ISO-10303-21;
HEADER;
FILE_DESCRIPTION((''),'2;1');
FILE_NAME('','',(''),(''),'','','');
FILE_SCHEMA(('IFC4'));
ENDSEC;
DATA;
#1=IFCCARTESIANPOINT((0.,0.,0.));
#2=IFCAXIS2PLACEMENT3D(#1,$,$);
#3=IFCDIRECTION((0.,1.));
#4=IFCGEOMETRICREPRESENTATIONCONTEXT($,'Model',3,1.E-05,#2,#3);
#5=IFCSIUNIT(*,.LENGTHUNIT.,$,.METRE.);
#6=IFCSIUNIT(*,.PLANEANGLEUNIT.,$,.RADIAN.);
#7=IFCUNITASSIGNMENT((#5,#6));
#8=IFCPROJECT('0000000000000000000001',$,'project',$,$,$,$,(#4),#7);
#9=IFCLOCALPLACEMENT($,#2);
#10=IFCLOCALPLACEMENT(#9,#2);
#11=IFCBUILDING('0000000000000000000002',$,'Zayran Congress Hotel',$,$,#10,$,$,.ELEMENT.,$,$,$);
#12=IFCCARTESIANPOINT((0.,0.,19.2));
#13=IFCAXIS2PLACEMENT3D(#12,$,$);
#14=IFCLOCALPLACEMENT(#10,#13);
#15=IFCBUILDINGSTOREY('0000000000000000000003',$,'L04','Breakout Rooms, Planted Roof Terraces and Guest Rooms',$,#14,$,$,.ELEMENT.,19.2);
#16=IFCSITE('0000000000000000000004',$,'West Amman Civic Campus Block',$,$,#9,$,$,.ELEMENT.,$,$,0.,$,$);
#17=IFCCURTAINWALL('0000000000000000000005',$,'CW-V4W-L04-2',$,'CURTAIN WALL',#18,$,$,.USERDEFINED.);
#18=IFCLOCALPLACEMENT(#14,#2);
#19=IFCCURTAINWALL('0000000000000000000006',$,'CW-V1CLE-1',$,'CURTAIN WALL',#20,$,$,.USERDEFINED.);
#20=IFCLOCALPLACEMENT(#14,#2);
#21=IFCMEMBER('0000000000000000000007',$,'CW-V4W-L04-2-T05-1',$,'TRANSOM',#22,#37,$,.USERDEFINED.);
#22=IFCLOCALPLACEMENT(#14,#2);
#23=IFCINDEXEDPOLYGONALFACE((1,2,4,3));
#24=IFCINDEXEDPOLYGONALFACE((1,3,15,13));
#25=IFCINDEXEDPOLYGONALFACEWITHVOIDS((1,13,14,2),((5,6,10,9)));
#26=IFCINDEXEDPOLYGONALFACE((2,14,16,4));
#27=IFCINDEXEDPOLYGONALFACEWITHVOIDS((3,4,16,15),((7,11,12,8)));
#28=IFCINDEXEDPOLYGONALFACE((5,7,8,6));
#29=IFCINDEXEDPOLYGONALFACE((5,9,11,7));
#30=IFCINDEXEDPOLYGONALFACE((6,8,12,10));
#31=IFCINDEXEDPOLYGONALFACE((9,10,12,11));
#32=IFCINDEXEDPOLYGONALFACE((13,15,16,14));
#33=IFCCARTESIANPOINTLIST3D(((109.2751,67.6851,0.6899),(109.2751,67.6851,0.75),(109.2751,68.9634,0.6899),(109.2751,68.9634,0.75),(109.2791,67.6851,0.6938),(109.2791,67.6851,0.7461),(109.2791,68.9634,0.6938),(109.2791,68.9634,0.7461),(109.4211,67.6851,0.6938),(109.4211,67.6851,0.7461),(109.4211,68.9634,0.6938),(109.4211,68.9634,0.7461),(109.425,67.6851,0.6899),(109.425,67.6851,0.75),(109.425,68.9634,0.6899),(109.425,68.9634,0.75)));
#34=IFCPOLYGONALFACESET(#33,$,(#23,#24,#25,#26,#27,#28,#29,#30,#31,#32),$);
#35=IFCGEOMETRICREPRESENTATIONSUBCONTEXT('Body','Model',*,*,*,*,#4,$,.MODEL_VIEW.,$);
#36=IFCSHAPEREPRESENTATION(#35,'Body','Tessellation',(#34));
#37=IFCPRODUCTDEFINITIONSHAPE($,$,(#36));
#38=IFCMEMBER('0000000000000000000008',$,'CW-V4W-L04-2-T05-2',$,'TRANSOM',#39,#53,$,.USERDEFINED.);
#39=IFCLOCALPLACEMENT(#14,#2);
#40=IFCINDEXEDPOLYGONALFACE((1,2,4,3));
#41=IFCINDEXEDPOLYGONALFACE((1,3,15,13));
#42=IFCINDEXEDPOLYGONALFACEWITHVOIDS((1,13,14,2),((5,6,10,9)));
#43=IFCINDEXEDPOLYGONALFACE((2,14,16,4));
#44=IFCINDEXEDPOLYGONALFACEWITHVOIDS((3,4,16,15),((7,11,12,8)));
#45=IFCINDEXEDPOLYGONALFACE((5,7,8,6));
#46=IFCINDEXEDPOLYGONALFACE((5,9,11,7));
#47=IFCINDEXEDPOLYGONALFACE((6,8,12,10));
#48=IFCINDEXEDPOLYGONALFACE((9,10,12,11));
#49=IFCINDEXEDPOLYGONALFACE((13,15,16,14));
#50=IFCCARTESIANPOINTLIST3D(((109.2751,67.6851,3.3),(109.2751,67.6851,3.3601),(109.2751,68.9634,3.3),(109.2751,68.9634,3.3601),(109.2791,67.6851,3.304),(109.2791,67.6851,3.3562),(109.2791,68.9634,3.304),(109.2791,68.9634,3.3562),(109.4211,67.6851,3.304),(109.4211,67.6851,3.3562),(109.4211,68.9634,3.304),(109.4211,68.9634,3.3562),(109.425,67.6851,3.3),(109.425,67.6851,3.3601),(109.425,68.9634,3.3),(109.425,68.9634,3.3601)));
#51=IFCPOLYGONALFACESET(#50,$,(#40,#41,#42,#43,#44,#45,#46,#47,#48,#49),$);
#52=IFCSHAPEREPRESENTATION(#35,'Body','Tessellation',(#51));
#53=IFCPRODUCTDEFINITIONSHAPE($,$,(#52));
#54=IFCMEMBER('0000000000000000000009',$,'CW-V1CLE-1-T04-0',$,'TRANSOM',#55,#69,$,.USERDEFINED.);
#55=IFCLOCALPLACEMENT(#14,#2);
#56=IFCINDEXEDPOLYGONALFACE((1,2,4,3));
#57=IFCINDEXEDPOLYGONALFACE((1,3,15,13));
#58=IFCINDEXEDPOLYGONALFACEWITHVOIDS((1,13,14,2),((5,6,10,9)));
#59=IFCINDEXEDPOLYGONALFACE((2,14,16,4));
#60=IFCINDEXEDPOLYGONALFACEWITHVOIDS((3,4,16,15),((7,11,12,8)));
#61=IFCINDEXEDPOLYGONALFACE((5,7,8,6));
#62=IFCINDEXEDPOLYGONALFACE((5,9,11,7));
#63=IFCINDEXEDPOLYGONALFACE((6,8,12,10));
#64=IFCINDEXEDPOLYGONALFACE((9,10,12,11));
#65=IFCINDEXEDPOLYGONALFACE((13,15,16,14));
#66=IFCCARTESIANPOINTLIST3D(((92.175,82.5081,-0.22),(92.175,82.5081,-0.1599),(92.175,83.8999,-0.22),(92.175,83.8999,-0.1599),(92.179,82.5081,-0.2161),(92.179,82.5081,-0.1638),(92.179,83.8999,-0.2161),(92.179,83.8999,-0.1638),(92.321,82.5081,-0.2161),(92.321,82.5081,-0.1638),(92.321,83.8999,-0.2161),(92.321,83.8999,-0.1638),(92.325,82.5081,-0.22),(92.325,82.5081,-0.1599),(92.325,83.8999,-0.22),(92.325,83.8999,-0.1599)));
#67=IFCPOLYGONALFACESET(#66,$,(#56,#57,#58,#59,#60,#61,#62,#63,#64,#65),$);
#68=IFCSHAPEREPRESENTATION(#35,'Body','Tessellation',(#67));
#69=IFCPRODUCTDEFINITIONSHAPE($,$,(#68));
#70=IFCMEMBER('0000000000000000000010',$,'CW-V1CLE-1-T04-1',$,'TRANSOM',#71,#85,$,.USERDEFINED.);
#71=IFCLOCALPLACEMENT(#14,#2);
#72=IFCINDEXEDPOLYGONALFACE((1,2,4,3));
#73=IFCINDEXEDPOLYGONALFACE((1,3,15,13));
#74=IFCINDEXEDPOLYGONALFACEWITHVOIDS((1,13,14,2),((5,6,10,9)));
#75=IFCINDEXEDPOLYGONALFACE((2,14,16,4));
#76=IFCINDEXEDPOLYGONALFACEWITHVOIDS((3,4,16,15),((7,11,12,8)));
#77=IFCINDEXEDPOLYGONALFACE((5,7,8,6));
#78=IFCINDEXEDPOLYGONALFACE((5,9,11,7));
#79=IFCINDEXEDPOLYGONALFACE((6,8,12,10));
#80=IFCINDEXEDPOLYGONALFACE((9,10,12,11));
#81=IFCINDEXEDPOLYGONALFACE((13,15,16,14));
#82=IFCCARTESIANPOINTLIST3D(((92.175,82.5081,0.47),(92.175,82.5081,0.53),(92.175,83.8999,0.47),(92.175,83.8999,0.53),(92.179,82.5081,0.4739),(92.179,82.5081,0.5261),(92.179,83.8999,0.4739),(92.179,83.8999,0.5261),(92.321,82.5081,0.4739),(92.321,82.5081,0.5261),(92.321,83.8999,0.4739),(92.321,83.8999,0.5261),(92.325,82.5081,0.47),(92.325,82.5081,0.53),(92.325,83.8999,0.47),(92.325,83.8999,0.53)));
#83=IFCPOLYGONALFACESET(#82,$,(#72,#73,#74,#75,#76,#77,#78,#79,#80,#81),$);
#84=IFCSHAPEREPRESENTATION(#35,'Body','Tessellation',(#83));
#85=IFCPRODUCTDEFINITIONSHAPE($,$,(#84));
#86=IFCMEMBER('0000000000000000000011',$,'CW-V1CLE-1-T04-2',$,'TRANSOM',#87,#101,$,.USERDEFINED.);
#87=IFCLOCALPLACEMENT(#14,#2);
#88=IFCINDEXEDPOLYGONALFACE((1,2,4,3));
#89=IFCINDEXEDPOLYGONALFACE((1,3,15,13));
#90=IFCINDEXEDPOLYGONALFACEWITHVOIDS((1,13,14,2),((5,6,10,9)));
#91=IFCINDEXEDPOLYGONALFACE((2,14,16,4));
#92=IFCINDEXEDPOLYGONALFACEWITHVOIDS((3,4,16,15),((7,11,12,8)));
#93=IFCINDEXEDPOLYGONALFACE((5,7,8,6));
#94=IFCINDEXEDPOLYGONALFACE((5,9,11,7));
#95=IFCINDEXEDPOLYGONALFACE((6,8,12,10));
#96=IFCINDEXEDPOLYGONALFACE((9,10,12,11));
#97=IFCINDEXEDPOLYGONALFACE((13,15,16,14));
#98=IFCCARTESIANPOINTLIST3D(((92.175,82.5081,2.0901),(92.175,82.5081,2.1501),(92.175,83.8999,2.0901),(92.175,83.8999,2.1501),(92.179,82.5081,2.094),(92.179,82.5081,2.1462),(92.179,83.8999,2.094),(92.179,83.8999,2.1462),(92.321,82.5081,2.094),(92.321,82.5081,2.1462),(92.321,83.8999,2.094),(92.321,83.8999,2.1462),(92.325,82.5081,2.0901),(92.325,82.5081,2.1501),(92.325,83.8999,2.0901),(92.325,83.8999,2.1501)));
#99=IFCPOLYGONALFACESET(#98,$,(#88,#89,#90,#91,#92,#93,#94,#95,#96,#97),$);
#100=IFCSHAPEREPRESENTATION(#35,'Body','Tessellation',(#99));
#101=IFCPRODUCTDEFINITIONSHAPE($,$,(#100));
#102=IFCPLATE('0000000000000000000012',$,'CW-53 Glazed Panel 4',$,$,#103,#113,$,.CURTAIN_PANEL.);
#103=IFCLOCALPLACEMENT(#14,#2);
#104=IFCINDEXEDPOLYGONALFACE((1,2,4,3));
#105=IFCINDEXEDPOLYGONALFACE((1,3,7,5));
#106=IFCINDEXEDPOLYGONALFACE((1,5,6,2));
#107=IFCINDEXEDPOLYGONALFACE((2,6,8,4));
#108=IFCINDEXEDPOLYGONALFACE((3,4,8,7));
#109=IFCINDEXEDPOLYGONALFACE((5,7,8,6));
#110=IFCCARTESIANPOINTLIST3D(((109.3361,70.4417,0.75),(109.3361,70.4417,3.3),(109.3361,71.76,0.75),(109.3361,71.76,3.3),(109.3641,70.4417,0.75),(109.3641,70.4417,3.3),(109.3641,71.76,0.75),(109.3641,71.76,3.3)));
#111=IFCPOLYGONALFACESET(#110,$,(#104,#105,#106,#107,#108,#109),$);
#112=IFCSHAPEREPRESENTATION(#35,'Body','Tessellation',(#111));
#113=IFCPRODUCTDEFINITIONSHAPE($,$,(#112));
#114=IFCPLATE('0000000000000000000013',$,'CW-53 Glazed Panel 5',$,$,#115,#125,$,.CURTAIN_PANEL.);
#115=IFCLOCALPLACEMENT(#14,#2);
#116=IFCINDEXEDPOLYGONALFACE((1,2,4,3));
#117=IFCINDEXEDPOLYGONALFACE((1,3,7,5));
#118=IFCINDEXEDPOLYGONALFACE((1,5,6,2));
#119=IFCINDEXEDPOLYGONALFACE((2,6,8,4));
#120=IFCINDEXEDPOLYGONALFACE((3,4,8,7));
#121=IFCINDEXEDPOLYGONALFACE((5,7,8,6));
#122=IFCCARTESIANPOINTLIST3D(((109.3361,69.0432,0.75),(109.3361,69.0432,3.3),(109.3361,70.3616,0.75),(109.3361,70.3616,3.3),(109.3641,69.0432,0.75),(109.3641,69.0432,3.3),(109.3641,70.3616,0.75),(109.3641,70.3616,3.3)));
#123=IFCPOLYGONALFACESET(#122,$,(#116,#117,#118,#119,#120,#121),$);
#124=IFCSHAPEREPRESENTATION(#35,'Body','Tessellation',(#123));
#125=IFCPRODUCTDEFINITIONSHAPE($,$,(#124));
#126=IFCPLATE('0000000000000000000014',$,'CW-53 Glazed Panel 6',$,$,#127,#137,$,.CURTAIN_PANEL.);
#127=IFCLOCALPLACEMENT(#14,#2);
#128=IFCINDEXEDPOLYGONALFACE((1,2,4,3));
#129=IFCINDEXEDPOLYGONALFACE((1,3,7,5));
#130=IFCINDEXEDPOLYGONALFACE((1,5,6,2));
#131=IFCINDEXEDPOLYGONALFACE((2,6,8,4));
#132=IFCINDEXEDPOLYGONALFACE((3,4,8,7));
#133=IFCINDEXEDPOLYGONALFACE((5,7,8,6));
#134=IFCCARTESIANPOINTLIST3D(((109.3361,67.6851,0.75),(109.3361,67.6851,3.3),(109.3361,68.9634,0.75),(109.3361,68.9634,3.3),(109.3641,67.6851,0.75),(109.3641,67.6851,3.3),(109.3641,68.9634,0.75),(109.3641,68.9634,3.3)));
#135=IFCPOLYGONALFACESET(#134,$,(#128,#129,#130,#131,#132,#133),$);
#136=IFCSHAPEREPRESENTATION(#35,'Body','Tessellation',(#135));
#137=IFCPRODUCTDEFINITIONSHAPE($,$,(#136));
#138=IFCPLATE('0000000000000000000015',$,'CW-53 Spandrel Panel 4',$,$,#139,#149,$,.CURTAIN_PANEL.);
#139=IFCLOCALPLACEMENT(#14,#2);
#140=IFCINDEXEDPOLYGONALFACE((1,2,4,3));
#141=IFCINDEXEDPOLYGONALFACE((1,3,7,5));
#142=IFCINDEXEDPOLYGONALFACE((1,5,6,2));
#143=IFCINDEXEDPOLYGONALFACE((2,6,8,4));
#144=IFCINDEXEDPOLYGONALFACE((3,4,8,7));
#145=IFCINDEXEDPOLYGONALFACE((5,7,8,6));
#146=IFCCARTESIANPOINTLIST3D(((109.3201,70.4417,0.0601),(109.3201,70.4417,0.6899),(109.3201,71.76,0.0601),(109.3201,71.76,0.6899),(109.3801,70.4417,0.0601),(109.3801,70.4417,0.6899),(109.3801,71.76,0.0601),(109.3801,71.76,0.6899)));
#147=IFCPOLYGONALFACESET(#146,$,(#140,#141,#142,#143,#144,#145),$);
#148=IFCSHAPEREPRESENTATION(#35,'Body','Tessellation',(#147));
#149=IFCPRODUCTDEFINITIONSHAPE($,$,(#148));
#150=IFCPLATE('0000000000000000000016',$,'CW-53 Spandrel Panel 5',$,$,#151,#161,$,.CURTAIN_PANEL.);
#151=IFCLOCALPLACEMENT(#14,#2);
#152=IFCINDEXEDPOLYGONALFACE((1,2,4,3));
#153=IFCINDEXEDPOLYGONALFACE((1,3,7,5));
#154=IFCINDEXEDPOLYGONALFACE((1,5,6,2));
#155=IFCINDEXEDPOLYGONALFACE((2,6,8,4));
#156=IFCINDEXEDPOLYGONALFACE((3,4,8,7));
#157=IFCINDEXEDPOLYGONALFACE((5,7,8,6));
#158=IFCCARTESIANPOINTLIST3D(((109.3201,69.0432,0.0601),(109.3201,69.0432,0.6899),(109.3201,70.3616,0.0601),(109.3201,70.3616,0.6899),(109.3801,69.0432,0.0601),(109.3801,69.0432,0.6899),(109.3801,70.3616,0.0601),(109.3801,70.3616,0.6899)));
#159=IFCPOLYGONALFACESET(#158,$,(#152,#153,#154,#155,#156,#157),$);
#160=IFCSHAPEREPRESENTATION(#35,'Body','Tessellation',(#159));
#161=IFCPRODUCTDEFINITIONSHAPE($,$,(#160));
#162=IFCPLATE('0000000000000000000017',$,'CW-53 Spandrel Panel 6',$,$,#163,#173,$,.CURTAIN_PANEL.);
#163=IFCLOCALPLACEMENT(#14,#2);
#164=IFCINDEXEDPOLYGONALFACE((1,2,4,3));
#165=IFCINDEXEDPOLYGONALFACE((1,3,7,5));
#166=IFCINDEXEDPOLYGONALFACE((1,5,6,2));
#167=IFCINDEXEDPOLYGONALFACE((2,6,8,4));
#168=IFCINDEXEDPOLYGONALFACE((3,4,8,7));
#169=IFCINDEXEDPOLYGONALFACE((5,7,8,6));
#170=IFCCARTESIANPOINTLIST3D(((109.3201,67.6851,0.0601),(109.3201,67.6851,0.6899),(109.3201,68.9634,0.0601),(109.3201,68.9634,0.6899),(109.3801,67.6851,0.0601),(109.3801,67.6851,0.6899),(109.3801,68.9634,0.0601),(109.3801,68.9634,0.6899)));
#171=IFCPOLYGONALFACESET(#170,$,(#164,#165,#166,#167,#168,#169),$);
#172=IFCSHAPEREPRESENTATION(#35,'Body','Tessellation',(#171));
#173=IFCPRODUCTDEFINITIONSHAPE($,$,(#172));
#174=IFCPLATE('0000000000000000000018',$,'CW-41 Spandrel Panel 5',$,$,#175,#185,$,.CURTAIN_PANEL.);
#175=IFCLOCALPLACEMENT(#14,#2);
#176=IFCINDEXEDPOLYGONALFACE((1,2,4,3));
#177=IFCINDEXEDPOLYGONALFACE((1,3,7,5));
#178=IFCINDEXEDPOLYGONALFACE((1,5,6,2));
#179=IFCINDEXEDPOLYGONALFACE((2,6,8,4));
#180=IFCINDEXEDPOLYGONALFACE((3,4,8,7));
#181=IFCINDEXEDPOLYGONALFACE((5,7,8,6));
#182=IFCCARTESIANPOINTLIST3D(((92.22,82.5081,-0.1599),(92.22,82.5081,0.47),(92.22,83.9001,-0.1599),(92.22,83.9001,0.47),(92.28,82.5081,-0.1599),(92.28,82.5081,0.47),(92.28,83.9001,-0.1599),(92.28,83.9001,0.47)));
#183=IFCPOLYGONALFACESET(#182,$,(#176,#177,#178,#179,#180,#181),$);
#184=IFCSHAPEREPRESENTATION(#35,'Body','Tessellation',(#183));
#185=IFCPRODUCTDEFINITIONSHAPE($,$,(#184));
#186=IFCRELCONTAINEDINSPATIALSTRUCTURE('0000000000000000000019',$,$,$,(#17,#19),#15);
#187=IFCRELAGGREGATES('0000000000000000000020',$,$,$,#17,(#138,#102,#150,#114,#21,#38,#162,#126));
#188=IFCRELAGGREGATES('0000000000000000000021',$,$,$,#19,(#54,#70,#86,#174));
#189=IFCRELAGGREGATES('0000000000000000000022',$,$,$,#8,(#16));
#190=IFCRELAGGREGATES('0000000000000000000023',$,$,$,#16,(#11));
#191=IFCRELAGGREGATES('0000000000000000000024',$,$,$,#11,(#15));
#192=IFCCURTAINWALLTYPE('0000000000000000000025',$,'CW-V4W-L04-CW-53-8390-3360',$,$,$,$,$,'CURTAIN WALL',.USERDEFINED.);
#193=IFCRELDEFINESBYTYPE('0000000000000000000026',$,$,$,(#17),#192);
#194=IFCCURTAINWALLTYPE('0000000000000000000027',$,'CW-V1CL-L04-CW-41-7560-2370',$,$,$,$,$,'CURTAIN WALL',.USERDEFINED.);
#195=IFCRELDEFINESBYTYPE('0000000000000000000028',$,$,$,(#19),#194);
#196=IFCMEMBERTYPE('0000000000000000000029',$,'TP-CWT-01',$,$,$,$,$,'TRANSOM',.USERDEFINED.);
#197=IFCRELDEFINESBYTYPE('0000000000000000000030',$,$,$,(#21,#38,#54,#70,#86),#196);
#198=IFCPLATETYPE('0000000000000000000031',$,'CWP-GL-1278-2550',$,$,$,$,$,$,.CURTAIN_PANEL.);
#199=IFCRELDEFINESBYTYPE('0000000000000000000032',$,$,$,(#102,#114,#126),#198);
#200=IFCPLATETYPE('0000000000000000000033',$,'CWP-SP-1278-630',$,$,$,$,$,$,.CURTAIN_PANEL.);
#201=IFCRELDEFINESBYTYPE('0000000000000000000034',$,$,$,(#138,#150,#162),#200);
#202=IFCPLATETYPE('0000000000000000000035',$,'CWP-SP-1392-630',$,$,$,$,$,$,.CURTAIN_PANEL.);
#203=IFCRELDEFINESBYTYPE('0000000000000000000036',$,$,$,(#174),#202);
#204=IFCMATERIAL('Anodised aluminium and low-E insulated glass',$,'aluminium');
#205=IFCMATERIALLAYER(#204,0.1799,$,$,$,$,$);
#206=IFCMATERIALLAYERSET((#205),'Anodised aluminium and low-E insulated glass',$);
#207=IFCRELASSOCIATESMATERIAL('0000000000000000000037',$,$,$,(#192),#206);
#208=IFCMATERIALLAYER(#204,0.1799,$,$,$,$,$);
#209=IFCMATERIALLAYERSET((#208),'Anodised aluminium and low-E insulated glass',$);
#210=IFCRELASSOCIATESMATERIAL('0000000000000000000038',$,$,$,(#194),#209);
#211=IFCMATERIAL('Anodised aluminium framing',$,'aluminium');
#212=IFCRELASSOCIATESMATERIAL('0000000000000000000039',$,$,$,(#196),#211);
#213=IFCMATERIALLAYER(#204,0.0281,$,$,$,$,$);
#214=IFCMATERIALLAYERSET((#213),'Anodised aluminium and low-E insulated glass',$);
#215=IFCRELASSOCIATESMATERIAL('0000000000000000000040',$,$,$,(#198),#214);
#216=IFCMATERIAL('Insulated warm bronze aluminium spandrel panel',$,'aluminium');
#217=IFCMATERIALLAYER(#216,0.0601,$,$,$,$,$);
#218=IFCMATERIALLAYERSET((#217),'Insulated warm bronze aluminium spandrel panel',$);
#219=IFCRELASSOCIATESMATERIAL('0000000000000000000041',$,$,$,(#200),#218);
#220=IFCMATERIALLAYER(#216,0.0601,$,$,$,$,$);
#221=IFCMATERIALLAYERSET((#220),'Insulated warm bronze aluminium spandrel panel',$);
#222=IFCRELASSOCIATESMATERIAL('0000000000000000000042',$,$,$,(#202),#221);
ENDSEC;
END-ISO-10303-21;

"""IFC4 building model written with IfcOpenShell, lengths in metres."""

from ifc_helpers import new_model, si_unit, direction, frame, origin, origin_2d, place, context, subcontext, project, spatial, rectangle, hollow_rectangle, extrude, material, layer, layer_set, material_profile, profile_set, type_object, element, aggregate, save


model = new_model("IFC4")

# Units and contexts
model_context = context("Model", 3, precision=1e-05, world=origin(), true_north=direction((0.0, 1.0)))
body_context = subcontext(model_context, "Body", "Model", "MODEL_VIEW")
ifc_project = project(units=[si_unit("LENGTHUNIT", "METRE"), si_unit("PLANEANGLEUNIT", "RADIAN")], contexts=[model_context])

# Site, building, storey
site_placement = place(None, origin())
site = spatial("IfcSite", under=ifc_project, at=site_placement, Name="West Amman Civic Campus Block", CompositionType="ELEMENT", RefElevation=0.0)
building_placement = place(site_placement, origin())
building = spatial("IfcBuilding", under=site, at=building_placement, Name="Zayran Congress Hotel", CompositionType="ELEMENT")
storey_placement = place(building_placement, frame((0.0, 0.0, 19.2)))
storey = spatial("IfcBuildingStorey", under=building, at=storey_placement, Name="L04", Description="Breakout Rooms, Planted Roof Terraces and Guest Rooms", CompositionType="ELEMENT", Elevation=19.2)

# Curtain walls
ifc_material_1 = material(Name="Anodised aluminium and low-E insulated glass", Category="aluminium")
ifc_layer_1 = layer(ifc_material_1, 0.1799)
ifc_layer_set_1 = layer_set([ifc_layer_1], Name="Anodised aluminium and low-E insulated glass")
curtain_wall_type_1 = type_object("IfcCurtainWallType", Name="CW-V4W-L04-CW-53-8390-3360", ElementType="CURTAIN WALL", PredefinedType="USERDEFINED", material=ifc_layer_set_1)
curtain_wall_1_placement = place(storey_placement, origin())
curtain_wall_1 = element("IfcCurtainWall", 1, at=curtain_wall_1_placement, inside=storey, type_object=curtain_wall_type_1, Name="CW-V4W-L04-2", ObjectType="CURTAIN WALL", PredefinedType="USERDEFINED")
ifc_material_2 = material(Name="Anodised aluminium framing", Category="aluminium")
ifc_layer_2 = layer(ifc_material_1, 0.1799)
ifc_layer_set_2 = layer_set([ifc_layer_2], Name="Anodised aluminium and low-E insulated glass")
curtain_wall_type_2 = type_object("IfcCurtainWallType", Name="CW-V1CL-L04-CW-41-7560-2370", ElementType="CURTAIN WALL", PredefinedType="USERDEFINED", material=ifc_layer_set_2)
curtain_wall_2_placement = place(storey_placement, origin())
curtain_wall_2 = element("IfcCurtainWall", 2, at=curtain_wall_2_placement, inside=storey, type_object=curtain_wall_type_2, Name="CW-V1CLE-1", ObjectType="CURTAIN WALL", PredefinedType="USERDEFINED")

# Members
ifc_material_profile_1 = material_profile(ifc_material_2, hollow_rectangle(XDim=0.0601, YDim=0.1499, WallThickness=0.0039, at=origin_2d()), Name="RHS 150x60x4")
ifc_profile_set_1 = profile_set([ifc_material_profile_1], Name="Anodised aluminium framing")
member_type_1 = type_object("IfcMemberType", Name="TP-CWT-01", ElementType="TRANSOM", PredefinedType="USERDEFINED", material=ifc_profile_set_1)
member_1_placement = place(storey_placement, frame((109.3501, 68.9634, 0.72), z_axis=(0.0, -1.0, 0.0), x_axis=(0.0, 0.0, 1.0)))
member_1 = element("IfcMember", 3, at=member_1_placement, type_object=member_type_1, Name="CW-V4W-L04-2-T05-1", ObjectType="TRANSOM", PredefinedType="USERDEFINED", context=body_context, shape_type="SweptSolid", body=[
    extrude(hollow_rectangle(XDim=0.0601, YDim=0.1499, WallThickness=0.0039, at=origin_2d()), origin(), (0.0, 0.0, 1.0), 1.2783),
])
member_2_placement = place(storey_placement, frame((109.3501, 68.9634, 3.3301), z_axis=(0.0, -1.0, 0.0), x_axis=(0.0, 0.0, 1.0)))
member_2 = element("IfcMember", 4, at=member_2_placement, type_object=member_type_1, Name="CW-V4W-L04-2-T05-2", ObjectType="TRANSOM", PredefinedType="USERDEFINED", context=body_context, shape_type="SweptSolid", body=[
    extrude(hollow_rectangle(XDim=0.0601, YDim=0.1499, WallThickness=0.0039, at=origin_2d()), origin(), (0.0, 0.0, 1.0), 1.2783),
])
member_3_placement = place(storey_placement, frame((92.25, 82.5081, -0.1899), z_axis=(0.0, 1.0, 0.0), x_axis=(0.0, 0.0, 1.0)))
member_3 = element("IfcMember", 5, at=member_3_placement, type_object=member_type_1, Name="CW-V1CLE-1-T04-0", ObjectType="TRANSOM", PredefinedType="USERDEFINED", context=body_context, shape_type="SweptSolid", body=[
    extrude(hollow_rectangle(XDim=0.0601, YDim=0.1499, WallThickness=0.0039, at=origin_2d()), origin(), (0.0, 0.0, 1.0), 1.3918),
])
member_4_placement = place(storey_placement, frame((92.25, 82.5081, 0.5), z_axis=(0.0, 1.0, 0.0), x_axis=(0.0, 0.0, 1.0)))
member_4 = element("IfcMember", 6, at=member_4_placement, type_object=member_type_1, Name="CW-V1CLE-1-T04-1", ObjectType="TRANSOM", PredefinedType="USERDEFINED", context=body_context, shape_type="SweptSolid", body=[
    extrude(hollow_rectangle(XDim=0.0601, YDim=0.1499, WallThickness=0.0039, at=origin_2d()), origin(), (0.0, 0.0, 1.0), 1.3918),
])
member_5_placement = place(storey_placement, frame((92.25, 82.5081, 2.1201), z_axis=(0.0, 1.0, 0.0), x_axis=(0.0, 0.0, 1.0)))
member_5 = element("IfcMember", 7, at=member_5_placement, type_object=member_type_1, Name="CW-V1CLE-1-T04-2", ObjectType="TRANSOM", PredefinedType="USERDEFINED", context=body_context, shape_type="SweptSolid", body=[
    extrude(hollow_rectangle(XDim=0.0601, YDim=0.1499, WallThickness=0.0039, at=origin_2d()), origin(), (0.0, 0.0, 1.0), 1.3918),
])

# Plates
ifc_layer_3 = layer(ifc_material_1, 0.0281)
ifc_layer_set_3 = layer_set([ifc_layer_3], Name="Anodised aluminium and low-E insulated glass")
plate_type_1 = type_object("IfcPlateType", Name="CWP-GL-1278-2550", PredefinedType="CURTAIN_PANEL", material=ifc_layer_set_3)
plate_1_placement = place(storey_placement, frame((109.3501, 71.1008, 0.75), z_axis=(0.0, 0.0, 1.0), x_axis=(0.0, 1.0, 0.0)))
plate_1 = element("IfcPlate", 8, at=plate_1_placement, type_object=plate_type_1, Name="CW-53 Glazed Panel 4", PredefinedType="CURTAIN_PANEL", context=body_context, shape_type="SweptSolid", body=[
    extrude(rectangle(XDim=1.3184, YDim=0.0281, at=origin_2d()), origin(), (0.0, 0.0, 1.0), 2.55),
])
plate_2_placement = place(storey_placement, frame((109.3501, 69.7024, 0.75), z_axis=(0.0, 0.0, 1.0), x_axis=(0.0, 1.0, 0.0)))
plate_2 = element("IfcPlate", 9, at=plate_2_placement, type_object=plate_type_1, Name="CW-53 Glazed Panel 5", PredefinedType="CURTAIN_PANEL", context=body_context, shape_type="SweptSolid", body=[
    extrude(rectangle(XDim=1.3184, YDim=0.0281, at=origin_2d()), origin(), (0.0, 0.0, 1.0), 2.55),
])
plate_3_placement = place(storey_placement, frame((109.3501, 68.3242, 0.75), z_axis=(0.0, 0.0, 1.0), x_axis=(0.0, 1.0, 0.0)))
plate_3 = element("IfcPlate", 10, at=plate_3_placement, type_object=plate_type_1, Name="CW-53 Glazed Panel 6", PredefinedType="CURTAIN_PANEL", context=body_context, shape_type="SweptSolid", body=[
    extrude(rectangle(XDim=1.2783, YDim=0.0281, at=origin_2d()), origin(), (0.0, 0.0, 1.0), 2.55),
])
ifc_material_3 = material(Name="Insulated warm bronze aluminium spandrel panel", Category="aluminium")
ifc_layer_4 = layer(ifc_material_3, 0.0601)
ifc_layer_set_4 = layer_set([ifc_layer_4], Name="Insulated warm bronze aluminium spandrel panel")
plate_type_2 = type_object("IfcPlateType", Name="CWP-SP-1278-630", PredefinedType="CURTAIN_PANEL", material=ifc_layer_set_4)
plate_4_placement = place(storey_placement, frame((109.3501, 71.1008, 0.0601), z_axis=(0.0, 0.0, 1.0), x_axis=(0.0, 1.0, 0.0)))
plate_4 = element("IfcPlate", 11, at=plate_4_placement, type_object=plate_type_2, Name="CW-53 Spandrel Panel 4", PredefinedType="CURTAIN_PANEL", context=body_context, shape_type="SweptSolid", body=[
    extrude(rectangle(XDim=1.3184, YDim=0.0601, at=origin_2d()), origin(), (0.0, 0.0, 1.0), 0.6299),
])
plate_5_placement = place(storey_placement, frame((109.3501, 69.7024, 0.0601), z_axis=(0.0, 0.0, 1.0), x_axis=(0.0, 1.0, 0.0)))
plate_5 = element("IfcPlate", 12, at=plate_5_placement, type_object=plate_type_2, Name="CW-53 Spandrel Panel 5", PredefinedType="CURTAIN_PANEL", context=body_context, shape_type="SweptSolid", body=[
    extrude(rectangle(XDim=1.3184, YDim=0.0601, at=origin_2d()), origin(), (0.0, 0.0, 1.0), 0.6299),
])
plate_6_placement = place(storey_placement, frame((109.3501, 68.3242, 0.0601), z_axis=(0.0, 0.0, 1.0), x_axis=(0.0, 1.0, 0.0)))
plate_6 = element("IfcPlate", 13, at=plate_6_placement, type_object=plate_type_2, Name="CW-53 Spandrel Panel 6", PredefinedType="CURTAIN_PANEL", context=body_context, shape_type="SweptSolid", body=[
    extrude(rectangle(XDim=1.2783, YDim=0.0601, at=origin_2d()), origin(), (0.0, 0.0, 1.0), 0.6299),
])
aggregate(curtain_wall_1, [plate_4, plate_1, plate_5, plate_2, member_1, member_2, plate_6, plate_3])
ifc_layer_5 = layer(ifc_material_3, 0.0601)
ifc_layer_set_5 = layer_set([ifc_layer_5], Name="Insulated warm bronze aluminium spandrel panel")
plate_type_3 = type_object("IfcPlateType", Name="CWP-SP-1392-630", PredefinedType="CURTAIN_PANEL", material=ifc_layer_set_5)
plate_7_placement = place(storey_placement, frame((92.25, 83.2041, -0.1599), z_axis=(0.0, 0.0, 1.0), x_axis=(0.0, 1.0, 0.0)))
plate_7 = element("IfcPlate", 14, at=plate_7_placement, type_object=plate_type_3, Name="CW-41 Spandrel Panel 5", PredefinedType="CURTAIN_PANEL", context=body_context, shape_type="SweptSolid", body=[
    extrude(rectangle(XDim=1.3921, YDim=0.0601, at=origin_2d()), origin(), (0.0, 0.0, 1.0), 0.6299),
])
aggregate(curtain_wall_2, [member_3, member_4, member_5, plate_7])

save(model, "model.ifc")
